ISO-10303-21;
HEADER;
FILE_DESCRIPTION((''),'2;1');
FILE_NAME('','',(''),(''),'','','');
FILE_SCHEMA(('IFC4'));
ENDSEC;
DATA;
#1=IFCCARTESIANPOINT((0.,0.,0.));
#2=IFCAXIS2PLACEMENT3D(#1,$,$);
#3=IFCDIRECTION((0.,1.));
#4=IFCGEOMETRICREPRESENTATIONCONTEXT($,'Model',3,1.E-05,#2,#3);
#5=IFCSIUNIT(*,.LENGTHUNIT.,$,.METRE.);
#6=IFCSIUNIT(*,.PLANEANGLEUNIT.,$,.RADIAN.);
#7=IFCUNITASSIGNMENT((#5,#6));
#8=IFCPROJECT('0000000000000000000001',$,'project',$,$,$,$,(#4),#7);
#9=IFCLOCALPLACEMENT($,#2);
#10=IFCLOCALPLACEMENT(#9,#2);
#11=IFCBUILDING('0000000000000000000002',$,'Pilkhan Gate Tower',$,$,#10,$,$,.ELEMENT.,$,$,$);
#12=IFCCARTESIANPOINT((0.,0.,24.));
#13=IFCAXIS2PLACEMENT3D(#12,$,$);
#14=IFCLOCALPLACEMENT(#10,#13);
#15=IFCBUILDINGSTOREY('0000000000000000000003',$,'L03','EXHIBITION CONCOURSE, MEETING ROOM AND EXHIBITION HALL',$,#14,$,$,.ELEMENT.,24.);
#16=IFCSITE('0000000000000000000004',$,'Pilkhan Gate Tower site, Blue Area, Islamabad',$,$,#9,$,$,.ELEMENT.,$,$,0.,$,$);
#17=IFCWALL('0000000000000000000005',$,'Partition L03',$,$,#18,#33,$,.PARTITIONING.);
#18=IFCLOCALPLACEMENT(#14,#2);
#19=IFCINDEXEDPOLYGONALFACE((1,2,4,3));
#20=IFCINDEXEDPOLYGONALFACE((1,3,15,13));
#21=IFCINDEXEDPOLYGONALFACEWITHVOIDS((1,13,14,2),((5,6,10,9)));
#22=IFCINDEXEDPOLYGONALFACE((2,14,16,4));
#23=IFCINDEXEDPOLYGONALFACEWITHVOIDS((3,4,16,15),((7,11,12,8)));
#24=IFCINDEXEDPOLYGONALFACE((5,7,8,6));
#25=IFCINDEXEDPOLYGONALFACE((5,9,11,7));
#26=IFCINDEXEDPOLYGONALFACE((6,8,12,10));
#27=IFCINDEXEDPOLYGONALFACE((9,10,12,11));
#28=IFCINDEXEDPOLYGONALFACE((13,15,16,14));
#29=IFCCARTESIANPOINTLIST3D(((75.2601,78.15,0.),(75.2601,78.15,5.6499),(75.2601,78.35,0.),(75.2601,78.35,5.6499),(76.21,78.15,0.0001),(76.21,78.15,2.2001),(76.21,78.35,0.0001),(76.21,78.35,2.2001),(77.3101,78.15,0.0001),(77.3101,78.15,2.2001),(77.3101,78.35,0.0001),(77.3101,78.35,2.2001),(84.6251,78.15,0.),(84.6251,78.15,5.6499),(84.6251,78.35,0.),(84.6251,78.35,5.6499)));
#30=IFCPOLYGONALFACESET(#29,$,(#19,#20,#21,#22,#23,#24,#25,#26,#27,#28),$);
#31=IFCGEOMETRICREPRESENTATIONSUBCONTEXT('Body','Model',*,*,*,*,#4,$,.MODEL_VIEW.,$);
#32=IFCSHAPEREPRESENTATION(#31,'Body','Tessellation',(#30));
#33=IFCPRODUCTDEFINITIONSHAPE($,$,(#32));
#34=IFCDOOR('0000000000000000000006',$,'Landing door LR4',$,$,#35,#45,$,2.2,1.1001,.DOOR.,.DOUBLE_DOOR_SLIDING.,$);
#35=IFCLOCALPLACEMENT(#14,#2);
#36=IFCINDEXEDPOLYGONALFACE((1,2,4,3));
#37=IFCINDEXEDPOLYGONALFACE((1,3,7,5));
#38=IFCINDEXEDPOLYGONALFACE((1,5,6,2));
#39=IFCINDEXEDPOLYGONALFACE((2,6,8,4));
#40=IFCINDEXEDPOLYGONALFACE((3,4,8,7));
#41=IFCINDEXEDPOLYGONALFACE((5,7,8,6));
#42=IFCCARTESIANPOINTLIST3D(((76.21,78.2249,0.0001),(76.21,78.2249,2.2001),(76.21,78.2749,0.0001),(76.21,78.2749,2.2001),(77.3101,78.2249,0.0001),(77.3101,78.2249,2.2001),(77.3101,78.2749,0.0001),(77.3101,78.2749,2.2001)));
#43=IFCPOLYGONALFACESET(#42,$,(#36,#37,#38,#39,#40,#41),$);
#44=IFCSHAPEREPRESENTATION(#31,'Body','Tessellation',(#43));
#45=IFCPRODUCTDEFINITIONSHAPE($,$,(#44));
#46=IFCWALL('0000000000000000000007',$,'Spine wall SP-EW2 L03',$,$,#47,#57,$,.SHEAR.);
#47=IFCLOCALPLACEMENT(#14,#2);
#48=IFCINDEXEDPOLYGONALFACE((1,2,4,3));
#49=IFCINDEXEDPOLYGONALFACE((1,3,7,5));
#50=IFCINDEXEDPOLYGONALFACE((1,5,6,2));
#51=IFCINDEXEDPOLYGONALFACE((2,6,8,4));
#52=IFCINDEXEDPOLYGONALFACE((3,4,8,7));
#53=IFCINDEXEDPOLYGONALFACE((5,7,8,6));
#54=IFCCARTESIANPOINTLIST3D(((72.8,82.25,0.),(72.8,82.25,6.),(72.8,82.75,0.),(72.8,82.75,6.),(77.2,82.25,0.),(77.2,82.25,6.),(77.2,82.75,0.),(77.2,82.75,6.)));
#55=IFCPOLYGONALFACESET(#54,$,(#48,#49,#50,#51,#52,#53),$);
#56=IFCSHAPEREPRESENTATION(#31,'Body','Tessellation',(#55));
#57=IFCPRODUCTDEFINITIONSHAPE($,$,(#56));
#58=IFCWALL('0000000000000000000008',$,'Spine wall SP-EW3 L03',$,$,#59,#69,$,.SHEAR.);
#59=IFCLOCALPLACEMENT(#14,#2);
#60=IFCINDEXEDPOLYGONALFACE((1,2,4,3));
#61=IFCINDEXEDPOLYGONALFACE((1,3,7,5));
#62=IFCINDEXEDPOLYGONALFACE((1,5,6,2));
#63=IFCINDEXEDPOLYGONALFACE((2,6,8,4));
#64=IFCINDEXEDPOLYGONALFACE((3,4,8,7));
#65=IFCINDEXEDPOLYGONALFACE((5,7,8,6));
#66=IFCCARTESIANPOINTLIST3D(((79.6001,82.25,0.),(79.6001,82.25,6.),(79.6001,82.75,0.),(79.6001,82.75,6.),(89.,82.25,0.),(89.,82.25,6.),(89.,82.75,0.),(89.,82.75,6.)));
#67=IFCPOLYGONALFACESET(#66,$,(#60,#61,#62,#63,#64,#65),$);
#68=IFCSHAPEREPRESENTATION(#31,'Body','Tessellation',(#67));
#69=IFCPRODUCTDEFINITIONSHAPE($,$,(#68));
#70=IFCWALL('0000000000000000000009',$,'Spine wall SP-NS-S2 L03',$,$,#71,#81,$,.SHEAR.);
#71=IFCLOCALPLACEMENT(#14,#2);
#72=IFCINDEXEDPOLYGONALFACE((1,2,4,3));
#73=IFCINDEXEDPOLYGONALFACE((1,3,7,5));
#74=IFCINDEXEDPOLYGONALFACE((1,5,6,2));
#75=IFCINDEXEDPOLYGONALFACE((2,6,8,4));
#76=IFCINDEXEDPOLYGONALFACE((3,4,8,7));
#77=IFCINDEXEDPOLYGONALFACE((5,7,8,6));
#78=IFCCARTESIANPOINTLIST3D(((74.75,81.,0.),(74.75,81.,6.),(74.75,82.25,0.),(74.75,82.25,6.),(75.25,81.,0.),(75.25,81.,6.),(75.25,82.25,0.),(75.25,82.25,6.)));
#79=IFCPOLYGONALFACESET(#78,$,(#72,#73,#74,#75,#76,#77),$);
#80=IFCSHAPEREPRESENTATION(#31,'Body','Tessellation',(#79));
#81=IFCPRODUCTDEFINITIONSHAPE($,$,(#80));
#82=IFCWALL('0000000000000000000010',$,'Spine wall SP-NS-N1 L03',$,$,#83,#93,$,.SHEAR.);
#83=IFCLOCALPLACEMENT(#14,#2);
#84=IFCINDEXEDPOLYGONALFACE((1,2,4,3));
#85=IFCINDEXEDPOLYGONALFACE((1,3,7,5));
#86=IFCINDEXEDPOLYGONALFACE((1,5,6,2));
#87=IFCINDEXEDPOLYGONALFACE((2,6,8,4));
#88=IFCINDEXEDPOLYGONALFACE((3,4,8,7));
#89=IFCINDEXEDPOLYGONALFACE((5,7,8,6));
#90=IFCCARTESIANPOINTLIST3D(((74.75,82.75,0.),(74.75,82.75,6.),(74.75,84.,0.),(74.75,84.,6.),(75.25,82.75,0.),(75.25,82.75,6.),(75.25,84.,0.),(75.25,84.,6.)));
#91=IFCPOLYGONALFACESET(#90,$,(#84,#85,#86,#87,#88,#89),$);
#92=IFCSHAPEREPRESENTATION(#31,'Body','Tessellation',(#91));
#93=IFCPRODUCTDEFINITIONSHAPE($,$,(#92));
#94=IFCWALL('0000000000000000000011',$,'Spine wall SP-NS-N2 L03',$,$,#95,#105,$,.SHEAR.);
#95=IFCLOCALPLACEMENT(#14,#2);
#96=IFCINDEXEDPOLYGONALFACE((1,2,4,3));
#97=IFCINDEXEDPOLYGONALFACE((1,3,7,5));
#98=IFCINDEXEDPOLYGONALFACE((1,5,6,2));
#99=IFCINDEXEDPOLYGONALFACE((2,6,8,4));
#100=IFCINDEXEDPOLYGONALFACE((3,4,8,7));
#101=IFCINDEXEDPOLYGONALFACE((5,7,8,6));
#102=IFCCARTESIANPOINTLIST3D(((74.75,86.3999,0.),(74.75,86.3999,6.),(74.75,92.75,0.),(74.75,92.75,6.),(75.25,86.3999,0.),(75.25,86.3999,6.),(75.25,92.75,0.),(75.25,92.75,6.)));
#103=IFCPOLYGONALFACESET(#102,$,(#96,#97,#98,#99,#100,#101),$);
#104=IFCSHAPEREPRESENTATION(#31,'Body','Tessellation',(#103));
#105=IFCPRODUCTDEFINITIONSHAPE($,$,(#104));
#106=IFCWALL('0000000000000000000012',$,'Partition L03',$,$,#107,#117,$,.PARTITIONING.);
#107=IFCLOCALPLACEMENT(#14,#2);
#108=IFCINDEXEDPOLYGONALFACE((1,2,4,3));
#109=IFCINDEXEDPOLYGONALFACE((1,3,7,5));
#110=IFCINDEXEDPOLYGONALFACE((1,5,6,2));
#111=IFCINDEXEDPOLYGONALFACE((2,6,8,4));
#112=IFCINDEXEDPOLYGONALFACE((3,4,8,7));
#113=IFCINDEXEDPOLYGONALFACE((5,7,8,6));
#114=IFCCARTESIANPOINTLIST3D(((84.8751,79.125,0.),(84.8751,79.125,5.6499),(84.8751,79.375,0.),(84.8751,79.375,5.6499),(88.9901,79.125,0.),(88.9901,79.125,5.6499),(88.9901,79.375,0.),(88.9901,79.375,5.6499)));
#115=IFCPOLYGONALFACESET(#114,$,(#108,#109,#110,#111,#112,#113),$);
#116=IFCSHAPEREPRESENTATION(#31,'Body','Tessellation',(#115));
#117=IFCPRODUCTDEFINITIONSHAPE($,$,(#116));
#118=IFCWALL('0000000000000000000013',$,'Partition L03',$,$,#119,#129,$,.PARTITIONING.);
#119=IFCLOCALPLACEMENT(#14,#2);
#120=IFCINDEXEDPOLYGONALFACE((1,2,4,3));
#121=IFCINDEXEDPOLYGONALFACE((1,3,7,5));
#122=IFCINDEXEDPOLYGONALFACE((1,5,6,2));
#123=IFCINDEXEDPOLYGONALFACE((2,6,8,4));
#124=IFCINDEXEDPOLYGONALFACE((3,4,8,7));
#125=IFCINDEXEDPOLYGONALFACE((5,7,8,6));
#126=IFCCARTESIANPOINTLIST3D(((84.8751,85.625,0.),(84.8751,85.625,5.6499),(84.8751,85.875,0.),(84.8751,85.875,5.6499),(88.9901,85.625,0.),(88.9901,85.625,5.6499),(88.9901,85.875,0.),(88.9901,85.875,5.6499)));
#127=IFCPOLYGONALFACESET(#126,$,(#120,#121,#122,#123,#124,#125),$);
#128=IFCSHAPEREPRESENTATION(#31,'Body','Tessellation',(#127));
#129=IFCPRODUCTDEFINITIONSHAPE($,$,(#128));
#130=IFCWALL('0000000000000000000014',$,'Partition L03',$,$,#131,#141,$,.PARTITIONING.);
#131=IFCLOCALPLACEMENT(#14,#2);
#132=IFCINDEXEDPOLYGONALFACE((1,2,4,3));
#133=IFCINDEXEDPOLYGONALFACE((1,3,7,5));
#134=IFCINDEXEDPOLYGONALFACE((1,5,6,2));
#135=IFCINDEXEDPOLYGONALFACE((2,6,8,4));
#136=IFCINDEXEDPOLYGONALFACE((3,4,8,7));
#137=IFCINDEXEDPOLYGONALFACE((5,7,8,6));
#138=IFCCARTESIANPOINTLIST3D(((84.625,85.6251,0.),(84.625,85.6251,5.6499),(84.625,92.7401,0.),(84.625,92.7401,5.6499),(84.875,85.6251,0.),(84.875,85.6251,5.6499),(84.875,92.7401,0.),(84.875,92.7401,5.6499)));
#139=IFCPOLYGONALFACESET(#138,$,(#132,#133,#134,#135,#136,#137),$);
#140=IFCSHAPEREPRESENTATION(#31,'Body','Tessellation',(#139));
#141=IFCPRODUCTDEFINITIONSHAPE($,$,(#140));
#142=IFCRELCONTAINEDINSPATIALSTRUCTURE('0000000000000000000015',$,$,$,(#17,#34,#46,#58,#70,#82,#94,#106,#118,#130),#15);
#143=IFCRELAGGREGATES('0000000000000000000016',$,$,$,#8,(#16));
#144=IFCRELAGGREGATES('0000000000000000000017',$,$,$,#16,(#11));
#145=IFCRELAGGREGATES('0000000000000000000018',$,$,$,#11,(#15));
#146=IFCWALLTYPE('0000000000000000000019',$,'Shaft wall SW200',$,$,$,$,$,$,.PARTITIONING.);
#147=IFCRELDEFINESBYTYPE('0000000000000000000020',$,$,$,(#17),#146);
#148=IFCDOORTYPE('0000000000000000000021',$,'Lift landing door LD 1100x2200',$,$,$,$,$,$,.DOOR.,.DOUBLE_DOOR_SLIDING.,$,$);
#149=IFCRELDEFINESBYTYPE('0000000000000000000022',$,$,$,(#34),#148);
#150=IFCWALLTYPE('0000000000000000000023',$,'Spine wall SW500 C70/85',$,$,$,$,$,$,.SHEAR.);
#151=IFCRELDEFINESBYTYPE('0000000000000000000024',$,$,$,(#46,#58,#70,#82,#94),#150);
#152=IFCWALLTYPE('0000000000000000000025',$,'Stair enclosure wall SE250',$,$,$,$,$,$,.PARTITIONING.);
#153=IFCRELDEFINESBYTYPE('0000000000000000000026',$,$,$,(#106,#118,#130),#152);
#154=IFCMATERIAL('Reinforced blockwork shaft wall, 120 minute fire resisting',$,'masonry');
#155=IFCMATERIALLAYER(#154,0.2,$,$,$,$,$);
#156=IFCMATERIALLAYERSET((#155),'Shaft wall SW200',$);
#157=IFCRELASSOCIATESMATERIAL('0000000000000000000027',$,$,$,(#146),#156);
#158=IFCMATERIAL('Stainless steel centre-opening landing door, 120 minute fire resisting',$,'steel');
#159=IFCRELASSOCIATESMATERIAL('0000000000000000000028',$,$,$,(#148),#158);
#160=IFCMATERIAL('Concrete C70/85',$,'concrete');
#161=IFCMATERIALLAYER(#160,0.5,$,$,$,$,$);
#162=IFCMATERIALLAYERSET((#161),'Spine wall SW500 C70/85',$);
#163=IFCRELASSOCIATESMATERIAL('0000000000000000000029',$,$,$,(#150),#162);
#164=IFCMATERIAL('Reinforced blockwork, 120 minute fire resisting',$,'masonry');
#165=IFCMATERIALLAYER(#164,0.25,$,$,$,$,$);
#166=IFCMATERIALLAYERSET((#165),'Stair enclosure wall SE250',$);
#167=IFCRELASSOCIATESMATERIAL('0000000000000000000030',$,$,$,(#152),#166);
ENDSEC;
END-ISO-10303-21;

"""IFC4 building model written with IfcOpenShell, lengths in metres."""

from ifc_helpers import new_model, si_unit, direction, frame, frame_2d, origin, place, context, subcontext, project, spatial, rectangle, extrude, material, layer, layer_set, type_object, element, fill, save


model = new_model("IFC4")

# Units and contexts
model_context = context("Model", 3, precision=1e-05, world=origin(), true_north=direction((0.0, 1.0)))
body_context = subcontext(model_context, "Body", "Model", "MODEL_VIEW")
ifc_project = project(units=[si_unit("LENGTHUNIT", "METRE"), si_unit("PLANEANGLEUNIT", "RADIAN")], contexts=[model_context])

# Site, building, storey
site_placement = place(None, origin())
site = spatial("IfcSite", under=ifc_project, at=site_placement, Name="Pilkhan Gate Tower site, Blue Area, Islamabad", CompositionType="ELEMENT", RefElevation=0.0)
building_placement = place(site_placement, origin())
building = spatial("IfcBuilding", under=site, at=building_placement, Name="Pilkhan Gate Tower", CompositionType="ELEMENT")
storey_placement = place(building_placement, frame((0.0, 0.0, 24.0)))
storey = spatial("IfcBuildingStorey", under=building, at=storey_placement, Name="L03", Description="EXHIBITION CONCOURSE, MEETING ROOM AND EXHIBITION HALL", CompositionType="ELEMENT", Elevation=24.0)

# Shared definitions
ifc_material_1 = material(Name="Concrete C70/85", Category="concrete")

# Wall, opening, door
ifc_material_2 = material(Name="Reinforced blockwork shaft wall, 120 minute fire resisting", Category="masonry")
ifc_layer_1 = layer(ifc_material_2, 0.2)
ifc_layer_set_1 = layer_set([ifc_layer_1], Name="Shaft wall SW200")
wall_type_1 = type_object("IfcWallType", Name="Shaft wall SW200", PredefinedType="PARTITIONING", material=ifc_layer_set_1)
wall_1_placement = place(storey_placement, frame((75.26, 78.25, 0.0), z_axis=(0.0, 0.0, 1.0), x_axis=(1.0, 0.0, 0.0)))
wall_1 = element("IfcWall", 1, at=wall_1_placement, inside=storey, type_object=wall_type_1, Name="Partition L03", PredefinedType="PARTITIONING", context=body_context, shape_type="SweptSolid", body=[
    extrude(rectangle(XDim=9.365, YDim=0.2, at=frame_2d((4.6826, 0.0))), origin(), (0.0, 0.0, 1.0), 5.6499),
])
opening_1_placement = place(wall_1_placement, frame((0.95, 0.0, 0.0)))
opening_1 = element("IfcOpeningElement", 2, at=opening_1_placement, cuts=wall_1, PredefinedType="OPENING", context=body_context, shape_type="SweptSolid", body=[
    extrude(rectangle(XDim=1.1001, YDim=2.2, at=frame_2d((0.55, 1.1001))), frame((0.0, 0.1099, 0.0), z_axis=(0.0, -1.0, 0.0), x_axis=(1.0, 0.0, 0.0)), (0.0, 0.0, 1.0), 0.22),
])
ifc_material_3 = material(Name="Stainless steel centre-opening landing door, 120 minute fire resisting", Category="steel")
door_type_1 = type_object("IfcDoorType", Name="Lift landing door LD 1100x2200", OperationType="DOUBLE_DOOR_SLIDING", PredefinedType="DOOR", material=ifc_material_3)
door_1_placement = place(opening_1_placement, origin())
door_1 = element("IfcDoor", 3, at=door_1_placement, inside=storey, type_object=door_type_1, Name="Landing door LR4", OperationType="DOUBLE_DOOR_SLIDING", OverallHeight=2.2, OverallWidth=1.1001, PredefinedType="DOOR", context=body_context, shape_type="SweptSolid", body=[
    extrude(rectangle(XDim=1.1001, YDim=2.2, at=frame_2d((0.55, 1.1001))), frame((0.0, 0.0249, 0.0), z_axis=(0.0, -1.0, 0.0), x_axis=(1.0, 0.0, 0.0)), (0.0, 0.0, 1.0), 0.05),
])
fill(opening_1, door_1)

# Walls
ifc_layer_2 = layer(ifc_material_1, 0.5)
ifc_layer_set_2 = layer_set([ifc_layer_2], Name="Spine wall SW500 C70/85")
wall_type_2 = type_object("IfcWallType", Name="Spine wall SW500 C70/85", PredefinedType="SHEAR", material=ifc_layer_set_2)
wall_2_placement = place(storey_placement, frame((72.8, 82.5, 0.0), z_axis=(0.0, 0.0, 1.0), x_axis=(1.0, 0.0, 0.0)))
element("IfcWall", 4, at=wall_2_placement, inside=storey, type_object=wall_type_2, Name="Spine wall SP-EW2 L03", PredefinedType="SHEAR", context=body_context, shape_type="SweptSolid", body=[
    extrude(rectangle(XDim=4.3999, YDim=0.5, at=frame_2d((2.2, 0.0))), origin(), (0.0, 0.0, 1.0), 6.0),
])
wall_3_placement = place(storey_placement, frame((79.6001, 82.5, 0.0), z_axis=(0.0, 0.0, 1.0), x_axis=(1.0, 0.0, 0.0)))
element("IfcWall", 5, at=wall_3_placement, inside=storey, type_object=wall_type_2, Name="Spine wall SP-EW3 L03", PredefinedType="SHEAR", context=body_context, shape_type="SweptSolid", body=[
    extrude(rectangle(XDim=9.3999, YDim=0.5, at=frame_2d((4.7, 0.0))), origin(), (0.0, 0.0, 1.0), 6.0),
])
for number, where, z_axis, x_axis, name in (
    (6, (75.0, 81.0, 0.0), (0.0, 0.0, 1.0), (0.0, 1.0, 0.0), "Spine wall SP-NS-S2 L03"),
    (7, (75.0, 82.75, 0.0), (0.0, 0.0, 1.0), (0.0, 1.0, 0.0), "Spine wall SP-NS-N1 L03"),
):
    element("IfcWall", number, at=place(storey_placement, frame(where, z_axis=z_axis, x_axis=x_axis)), inside=storey, type_object=wall_type_2, Name=name, PredefinedType="SHEAR", context=body_context, shape_type="SweptSolid", body=[
        extrude(rectangle(XDim=1.25, YDim=0.5, at=frame_2d((0.625, 0.0))), origin(), (0.0, 0.0, 1.0), 6.0),
    ])
wall_4_placement = place(storey_placement, frame((75.0, 86.3999, 0.0), z_axis=(0.0, 0.0, 1.0), x_axis=(0.0, 1.0, 0.0)))
element("IfcWall", 8, at=wall_4_placement, inside=storey, type_object=wall_type_2, Name="Spine wall SP-NS-N2 L03", PredefinedType="SHEAR", context=body_context, shape_type="SweptSolid", body=[
    extrude(rectangle(XDim=6.3501, YDim=0.5, at=frame_2d((3.175, 0.0))), origin(), (0.0, 0.0, 1.0), 6.0),
])
ifc_material_4 = material(Name="Reinforced blockwork, 120 minute fire resisting", Category="masonry")
ifc_layer_3 = layer(ifc_material_4, 0.25)
ifc_layer_set_3 = layer_set([ifc_layer_3], Name="Stair enclosure wall SE250")
wall_type_3 = type_object("IfcWallType", Name="Stair enclosure wall SE250", PredefinedType="PARTITIONING", material=ifc_layer_set_3)
for number, where, z_axis, x_axis, name in (
    (9, (84.875, 79.25, 0.0), (0.0, 0.0, 1.0), (1.0, 0.0, 0.0), "Partition L03"),
    (10, (84.875, 85.75, 0.0), (0.0, 0.0, 1.0), (1.0, 0.0, 0.0), "Partition L03"),
):
    element("IfcWall", number, at=place(storey_placement, frame(where, z_axis=z_axis, x_axis=x_axis)), inside=storey, type_object=wall_type_3, Name=name, PredefinedType="PARTITIONING", context=body_context, shape_type="SweptSolid", body=[
        extrude(rectangle(XDim=4.115, YDim=0.25, at=frame_2d((2.0576, 0.0))), origin(), (0.0, 0.0, 1.0), 5.6499),
    ])
wall_5_placement = place(storey_placement, frame((84.75, 85.625, 0.0), z_axis=(0.0, 0.0, 1.0), x_axis=(0.0, 1.0, 0.0)))
element("IfcWall", 11, at=wall_5_placement, inside=storey, type_object=wall_type_3, Name="Partition L03", PredefinedType="PARTITIONING", context=body_context, shape_type="SweptSolid", body=[
    extrude(rectangle(XDim=7.115, YDim=0.25, at=frame_2d((3.5576, 0.0))), origin(), (0.0, 0.0, 1.0), 5.6499),
])

save(model, "model.ifc")
